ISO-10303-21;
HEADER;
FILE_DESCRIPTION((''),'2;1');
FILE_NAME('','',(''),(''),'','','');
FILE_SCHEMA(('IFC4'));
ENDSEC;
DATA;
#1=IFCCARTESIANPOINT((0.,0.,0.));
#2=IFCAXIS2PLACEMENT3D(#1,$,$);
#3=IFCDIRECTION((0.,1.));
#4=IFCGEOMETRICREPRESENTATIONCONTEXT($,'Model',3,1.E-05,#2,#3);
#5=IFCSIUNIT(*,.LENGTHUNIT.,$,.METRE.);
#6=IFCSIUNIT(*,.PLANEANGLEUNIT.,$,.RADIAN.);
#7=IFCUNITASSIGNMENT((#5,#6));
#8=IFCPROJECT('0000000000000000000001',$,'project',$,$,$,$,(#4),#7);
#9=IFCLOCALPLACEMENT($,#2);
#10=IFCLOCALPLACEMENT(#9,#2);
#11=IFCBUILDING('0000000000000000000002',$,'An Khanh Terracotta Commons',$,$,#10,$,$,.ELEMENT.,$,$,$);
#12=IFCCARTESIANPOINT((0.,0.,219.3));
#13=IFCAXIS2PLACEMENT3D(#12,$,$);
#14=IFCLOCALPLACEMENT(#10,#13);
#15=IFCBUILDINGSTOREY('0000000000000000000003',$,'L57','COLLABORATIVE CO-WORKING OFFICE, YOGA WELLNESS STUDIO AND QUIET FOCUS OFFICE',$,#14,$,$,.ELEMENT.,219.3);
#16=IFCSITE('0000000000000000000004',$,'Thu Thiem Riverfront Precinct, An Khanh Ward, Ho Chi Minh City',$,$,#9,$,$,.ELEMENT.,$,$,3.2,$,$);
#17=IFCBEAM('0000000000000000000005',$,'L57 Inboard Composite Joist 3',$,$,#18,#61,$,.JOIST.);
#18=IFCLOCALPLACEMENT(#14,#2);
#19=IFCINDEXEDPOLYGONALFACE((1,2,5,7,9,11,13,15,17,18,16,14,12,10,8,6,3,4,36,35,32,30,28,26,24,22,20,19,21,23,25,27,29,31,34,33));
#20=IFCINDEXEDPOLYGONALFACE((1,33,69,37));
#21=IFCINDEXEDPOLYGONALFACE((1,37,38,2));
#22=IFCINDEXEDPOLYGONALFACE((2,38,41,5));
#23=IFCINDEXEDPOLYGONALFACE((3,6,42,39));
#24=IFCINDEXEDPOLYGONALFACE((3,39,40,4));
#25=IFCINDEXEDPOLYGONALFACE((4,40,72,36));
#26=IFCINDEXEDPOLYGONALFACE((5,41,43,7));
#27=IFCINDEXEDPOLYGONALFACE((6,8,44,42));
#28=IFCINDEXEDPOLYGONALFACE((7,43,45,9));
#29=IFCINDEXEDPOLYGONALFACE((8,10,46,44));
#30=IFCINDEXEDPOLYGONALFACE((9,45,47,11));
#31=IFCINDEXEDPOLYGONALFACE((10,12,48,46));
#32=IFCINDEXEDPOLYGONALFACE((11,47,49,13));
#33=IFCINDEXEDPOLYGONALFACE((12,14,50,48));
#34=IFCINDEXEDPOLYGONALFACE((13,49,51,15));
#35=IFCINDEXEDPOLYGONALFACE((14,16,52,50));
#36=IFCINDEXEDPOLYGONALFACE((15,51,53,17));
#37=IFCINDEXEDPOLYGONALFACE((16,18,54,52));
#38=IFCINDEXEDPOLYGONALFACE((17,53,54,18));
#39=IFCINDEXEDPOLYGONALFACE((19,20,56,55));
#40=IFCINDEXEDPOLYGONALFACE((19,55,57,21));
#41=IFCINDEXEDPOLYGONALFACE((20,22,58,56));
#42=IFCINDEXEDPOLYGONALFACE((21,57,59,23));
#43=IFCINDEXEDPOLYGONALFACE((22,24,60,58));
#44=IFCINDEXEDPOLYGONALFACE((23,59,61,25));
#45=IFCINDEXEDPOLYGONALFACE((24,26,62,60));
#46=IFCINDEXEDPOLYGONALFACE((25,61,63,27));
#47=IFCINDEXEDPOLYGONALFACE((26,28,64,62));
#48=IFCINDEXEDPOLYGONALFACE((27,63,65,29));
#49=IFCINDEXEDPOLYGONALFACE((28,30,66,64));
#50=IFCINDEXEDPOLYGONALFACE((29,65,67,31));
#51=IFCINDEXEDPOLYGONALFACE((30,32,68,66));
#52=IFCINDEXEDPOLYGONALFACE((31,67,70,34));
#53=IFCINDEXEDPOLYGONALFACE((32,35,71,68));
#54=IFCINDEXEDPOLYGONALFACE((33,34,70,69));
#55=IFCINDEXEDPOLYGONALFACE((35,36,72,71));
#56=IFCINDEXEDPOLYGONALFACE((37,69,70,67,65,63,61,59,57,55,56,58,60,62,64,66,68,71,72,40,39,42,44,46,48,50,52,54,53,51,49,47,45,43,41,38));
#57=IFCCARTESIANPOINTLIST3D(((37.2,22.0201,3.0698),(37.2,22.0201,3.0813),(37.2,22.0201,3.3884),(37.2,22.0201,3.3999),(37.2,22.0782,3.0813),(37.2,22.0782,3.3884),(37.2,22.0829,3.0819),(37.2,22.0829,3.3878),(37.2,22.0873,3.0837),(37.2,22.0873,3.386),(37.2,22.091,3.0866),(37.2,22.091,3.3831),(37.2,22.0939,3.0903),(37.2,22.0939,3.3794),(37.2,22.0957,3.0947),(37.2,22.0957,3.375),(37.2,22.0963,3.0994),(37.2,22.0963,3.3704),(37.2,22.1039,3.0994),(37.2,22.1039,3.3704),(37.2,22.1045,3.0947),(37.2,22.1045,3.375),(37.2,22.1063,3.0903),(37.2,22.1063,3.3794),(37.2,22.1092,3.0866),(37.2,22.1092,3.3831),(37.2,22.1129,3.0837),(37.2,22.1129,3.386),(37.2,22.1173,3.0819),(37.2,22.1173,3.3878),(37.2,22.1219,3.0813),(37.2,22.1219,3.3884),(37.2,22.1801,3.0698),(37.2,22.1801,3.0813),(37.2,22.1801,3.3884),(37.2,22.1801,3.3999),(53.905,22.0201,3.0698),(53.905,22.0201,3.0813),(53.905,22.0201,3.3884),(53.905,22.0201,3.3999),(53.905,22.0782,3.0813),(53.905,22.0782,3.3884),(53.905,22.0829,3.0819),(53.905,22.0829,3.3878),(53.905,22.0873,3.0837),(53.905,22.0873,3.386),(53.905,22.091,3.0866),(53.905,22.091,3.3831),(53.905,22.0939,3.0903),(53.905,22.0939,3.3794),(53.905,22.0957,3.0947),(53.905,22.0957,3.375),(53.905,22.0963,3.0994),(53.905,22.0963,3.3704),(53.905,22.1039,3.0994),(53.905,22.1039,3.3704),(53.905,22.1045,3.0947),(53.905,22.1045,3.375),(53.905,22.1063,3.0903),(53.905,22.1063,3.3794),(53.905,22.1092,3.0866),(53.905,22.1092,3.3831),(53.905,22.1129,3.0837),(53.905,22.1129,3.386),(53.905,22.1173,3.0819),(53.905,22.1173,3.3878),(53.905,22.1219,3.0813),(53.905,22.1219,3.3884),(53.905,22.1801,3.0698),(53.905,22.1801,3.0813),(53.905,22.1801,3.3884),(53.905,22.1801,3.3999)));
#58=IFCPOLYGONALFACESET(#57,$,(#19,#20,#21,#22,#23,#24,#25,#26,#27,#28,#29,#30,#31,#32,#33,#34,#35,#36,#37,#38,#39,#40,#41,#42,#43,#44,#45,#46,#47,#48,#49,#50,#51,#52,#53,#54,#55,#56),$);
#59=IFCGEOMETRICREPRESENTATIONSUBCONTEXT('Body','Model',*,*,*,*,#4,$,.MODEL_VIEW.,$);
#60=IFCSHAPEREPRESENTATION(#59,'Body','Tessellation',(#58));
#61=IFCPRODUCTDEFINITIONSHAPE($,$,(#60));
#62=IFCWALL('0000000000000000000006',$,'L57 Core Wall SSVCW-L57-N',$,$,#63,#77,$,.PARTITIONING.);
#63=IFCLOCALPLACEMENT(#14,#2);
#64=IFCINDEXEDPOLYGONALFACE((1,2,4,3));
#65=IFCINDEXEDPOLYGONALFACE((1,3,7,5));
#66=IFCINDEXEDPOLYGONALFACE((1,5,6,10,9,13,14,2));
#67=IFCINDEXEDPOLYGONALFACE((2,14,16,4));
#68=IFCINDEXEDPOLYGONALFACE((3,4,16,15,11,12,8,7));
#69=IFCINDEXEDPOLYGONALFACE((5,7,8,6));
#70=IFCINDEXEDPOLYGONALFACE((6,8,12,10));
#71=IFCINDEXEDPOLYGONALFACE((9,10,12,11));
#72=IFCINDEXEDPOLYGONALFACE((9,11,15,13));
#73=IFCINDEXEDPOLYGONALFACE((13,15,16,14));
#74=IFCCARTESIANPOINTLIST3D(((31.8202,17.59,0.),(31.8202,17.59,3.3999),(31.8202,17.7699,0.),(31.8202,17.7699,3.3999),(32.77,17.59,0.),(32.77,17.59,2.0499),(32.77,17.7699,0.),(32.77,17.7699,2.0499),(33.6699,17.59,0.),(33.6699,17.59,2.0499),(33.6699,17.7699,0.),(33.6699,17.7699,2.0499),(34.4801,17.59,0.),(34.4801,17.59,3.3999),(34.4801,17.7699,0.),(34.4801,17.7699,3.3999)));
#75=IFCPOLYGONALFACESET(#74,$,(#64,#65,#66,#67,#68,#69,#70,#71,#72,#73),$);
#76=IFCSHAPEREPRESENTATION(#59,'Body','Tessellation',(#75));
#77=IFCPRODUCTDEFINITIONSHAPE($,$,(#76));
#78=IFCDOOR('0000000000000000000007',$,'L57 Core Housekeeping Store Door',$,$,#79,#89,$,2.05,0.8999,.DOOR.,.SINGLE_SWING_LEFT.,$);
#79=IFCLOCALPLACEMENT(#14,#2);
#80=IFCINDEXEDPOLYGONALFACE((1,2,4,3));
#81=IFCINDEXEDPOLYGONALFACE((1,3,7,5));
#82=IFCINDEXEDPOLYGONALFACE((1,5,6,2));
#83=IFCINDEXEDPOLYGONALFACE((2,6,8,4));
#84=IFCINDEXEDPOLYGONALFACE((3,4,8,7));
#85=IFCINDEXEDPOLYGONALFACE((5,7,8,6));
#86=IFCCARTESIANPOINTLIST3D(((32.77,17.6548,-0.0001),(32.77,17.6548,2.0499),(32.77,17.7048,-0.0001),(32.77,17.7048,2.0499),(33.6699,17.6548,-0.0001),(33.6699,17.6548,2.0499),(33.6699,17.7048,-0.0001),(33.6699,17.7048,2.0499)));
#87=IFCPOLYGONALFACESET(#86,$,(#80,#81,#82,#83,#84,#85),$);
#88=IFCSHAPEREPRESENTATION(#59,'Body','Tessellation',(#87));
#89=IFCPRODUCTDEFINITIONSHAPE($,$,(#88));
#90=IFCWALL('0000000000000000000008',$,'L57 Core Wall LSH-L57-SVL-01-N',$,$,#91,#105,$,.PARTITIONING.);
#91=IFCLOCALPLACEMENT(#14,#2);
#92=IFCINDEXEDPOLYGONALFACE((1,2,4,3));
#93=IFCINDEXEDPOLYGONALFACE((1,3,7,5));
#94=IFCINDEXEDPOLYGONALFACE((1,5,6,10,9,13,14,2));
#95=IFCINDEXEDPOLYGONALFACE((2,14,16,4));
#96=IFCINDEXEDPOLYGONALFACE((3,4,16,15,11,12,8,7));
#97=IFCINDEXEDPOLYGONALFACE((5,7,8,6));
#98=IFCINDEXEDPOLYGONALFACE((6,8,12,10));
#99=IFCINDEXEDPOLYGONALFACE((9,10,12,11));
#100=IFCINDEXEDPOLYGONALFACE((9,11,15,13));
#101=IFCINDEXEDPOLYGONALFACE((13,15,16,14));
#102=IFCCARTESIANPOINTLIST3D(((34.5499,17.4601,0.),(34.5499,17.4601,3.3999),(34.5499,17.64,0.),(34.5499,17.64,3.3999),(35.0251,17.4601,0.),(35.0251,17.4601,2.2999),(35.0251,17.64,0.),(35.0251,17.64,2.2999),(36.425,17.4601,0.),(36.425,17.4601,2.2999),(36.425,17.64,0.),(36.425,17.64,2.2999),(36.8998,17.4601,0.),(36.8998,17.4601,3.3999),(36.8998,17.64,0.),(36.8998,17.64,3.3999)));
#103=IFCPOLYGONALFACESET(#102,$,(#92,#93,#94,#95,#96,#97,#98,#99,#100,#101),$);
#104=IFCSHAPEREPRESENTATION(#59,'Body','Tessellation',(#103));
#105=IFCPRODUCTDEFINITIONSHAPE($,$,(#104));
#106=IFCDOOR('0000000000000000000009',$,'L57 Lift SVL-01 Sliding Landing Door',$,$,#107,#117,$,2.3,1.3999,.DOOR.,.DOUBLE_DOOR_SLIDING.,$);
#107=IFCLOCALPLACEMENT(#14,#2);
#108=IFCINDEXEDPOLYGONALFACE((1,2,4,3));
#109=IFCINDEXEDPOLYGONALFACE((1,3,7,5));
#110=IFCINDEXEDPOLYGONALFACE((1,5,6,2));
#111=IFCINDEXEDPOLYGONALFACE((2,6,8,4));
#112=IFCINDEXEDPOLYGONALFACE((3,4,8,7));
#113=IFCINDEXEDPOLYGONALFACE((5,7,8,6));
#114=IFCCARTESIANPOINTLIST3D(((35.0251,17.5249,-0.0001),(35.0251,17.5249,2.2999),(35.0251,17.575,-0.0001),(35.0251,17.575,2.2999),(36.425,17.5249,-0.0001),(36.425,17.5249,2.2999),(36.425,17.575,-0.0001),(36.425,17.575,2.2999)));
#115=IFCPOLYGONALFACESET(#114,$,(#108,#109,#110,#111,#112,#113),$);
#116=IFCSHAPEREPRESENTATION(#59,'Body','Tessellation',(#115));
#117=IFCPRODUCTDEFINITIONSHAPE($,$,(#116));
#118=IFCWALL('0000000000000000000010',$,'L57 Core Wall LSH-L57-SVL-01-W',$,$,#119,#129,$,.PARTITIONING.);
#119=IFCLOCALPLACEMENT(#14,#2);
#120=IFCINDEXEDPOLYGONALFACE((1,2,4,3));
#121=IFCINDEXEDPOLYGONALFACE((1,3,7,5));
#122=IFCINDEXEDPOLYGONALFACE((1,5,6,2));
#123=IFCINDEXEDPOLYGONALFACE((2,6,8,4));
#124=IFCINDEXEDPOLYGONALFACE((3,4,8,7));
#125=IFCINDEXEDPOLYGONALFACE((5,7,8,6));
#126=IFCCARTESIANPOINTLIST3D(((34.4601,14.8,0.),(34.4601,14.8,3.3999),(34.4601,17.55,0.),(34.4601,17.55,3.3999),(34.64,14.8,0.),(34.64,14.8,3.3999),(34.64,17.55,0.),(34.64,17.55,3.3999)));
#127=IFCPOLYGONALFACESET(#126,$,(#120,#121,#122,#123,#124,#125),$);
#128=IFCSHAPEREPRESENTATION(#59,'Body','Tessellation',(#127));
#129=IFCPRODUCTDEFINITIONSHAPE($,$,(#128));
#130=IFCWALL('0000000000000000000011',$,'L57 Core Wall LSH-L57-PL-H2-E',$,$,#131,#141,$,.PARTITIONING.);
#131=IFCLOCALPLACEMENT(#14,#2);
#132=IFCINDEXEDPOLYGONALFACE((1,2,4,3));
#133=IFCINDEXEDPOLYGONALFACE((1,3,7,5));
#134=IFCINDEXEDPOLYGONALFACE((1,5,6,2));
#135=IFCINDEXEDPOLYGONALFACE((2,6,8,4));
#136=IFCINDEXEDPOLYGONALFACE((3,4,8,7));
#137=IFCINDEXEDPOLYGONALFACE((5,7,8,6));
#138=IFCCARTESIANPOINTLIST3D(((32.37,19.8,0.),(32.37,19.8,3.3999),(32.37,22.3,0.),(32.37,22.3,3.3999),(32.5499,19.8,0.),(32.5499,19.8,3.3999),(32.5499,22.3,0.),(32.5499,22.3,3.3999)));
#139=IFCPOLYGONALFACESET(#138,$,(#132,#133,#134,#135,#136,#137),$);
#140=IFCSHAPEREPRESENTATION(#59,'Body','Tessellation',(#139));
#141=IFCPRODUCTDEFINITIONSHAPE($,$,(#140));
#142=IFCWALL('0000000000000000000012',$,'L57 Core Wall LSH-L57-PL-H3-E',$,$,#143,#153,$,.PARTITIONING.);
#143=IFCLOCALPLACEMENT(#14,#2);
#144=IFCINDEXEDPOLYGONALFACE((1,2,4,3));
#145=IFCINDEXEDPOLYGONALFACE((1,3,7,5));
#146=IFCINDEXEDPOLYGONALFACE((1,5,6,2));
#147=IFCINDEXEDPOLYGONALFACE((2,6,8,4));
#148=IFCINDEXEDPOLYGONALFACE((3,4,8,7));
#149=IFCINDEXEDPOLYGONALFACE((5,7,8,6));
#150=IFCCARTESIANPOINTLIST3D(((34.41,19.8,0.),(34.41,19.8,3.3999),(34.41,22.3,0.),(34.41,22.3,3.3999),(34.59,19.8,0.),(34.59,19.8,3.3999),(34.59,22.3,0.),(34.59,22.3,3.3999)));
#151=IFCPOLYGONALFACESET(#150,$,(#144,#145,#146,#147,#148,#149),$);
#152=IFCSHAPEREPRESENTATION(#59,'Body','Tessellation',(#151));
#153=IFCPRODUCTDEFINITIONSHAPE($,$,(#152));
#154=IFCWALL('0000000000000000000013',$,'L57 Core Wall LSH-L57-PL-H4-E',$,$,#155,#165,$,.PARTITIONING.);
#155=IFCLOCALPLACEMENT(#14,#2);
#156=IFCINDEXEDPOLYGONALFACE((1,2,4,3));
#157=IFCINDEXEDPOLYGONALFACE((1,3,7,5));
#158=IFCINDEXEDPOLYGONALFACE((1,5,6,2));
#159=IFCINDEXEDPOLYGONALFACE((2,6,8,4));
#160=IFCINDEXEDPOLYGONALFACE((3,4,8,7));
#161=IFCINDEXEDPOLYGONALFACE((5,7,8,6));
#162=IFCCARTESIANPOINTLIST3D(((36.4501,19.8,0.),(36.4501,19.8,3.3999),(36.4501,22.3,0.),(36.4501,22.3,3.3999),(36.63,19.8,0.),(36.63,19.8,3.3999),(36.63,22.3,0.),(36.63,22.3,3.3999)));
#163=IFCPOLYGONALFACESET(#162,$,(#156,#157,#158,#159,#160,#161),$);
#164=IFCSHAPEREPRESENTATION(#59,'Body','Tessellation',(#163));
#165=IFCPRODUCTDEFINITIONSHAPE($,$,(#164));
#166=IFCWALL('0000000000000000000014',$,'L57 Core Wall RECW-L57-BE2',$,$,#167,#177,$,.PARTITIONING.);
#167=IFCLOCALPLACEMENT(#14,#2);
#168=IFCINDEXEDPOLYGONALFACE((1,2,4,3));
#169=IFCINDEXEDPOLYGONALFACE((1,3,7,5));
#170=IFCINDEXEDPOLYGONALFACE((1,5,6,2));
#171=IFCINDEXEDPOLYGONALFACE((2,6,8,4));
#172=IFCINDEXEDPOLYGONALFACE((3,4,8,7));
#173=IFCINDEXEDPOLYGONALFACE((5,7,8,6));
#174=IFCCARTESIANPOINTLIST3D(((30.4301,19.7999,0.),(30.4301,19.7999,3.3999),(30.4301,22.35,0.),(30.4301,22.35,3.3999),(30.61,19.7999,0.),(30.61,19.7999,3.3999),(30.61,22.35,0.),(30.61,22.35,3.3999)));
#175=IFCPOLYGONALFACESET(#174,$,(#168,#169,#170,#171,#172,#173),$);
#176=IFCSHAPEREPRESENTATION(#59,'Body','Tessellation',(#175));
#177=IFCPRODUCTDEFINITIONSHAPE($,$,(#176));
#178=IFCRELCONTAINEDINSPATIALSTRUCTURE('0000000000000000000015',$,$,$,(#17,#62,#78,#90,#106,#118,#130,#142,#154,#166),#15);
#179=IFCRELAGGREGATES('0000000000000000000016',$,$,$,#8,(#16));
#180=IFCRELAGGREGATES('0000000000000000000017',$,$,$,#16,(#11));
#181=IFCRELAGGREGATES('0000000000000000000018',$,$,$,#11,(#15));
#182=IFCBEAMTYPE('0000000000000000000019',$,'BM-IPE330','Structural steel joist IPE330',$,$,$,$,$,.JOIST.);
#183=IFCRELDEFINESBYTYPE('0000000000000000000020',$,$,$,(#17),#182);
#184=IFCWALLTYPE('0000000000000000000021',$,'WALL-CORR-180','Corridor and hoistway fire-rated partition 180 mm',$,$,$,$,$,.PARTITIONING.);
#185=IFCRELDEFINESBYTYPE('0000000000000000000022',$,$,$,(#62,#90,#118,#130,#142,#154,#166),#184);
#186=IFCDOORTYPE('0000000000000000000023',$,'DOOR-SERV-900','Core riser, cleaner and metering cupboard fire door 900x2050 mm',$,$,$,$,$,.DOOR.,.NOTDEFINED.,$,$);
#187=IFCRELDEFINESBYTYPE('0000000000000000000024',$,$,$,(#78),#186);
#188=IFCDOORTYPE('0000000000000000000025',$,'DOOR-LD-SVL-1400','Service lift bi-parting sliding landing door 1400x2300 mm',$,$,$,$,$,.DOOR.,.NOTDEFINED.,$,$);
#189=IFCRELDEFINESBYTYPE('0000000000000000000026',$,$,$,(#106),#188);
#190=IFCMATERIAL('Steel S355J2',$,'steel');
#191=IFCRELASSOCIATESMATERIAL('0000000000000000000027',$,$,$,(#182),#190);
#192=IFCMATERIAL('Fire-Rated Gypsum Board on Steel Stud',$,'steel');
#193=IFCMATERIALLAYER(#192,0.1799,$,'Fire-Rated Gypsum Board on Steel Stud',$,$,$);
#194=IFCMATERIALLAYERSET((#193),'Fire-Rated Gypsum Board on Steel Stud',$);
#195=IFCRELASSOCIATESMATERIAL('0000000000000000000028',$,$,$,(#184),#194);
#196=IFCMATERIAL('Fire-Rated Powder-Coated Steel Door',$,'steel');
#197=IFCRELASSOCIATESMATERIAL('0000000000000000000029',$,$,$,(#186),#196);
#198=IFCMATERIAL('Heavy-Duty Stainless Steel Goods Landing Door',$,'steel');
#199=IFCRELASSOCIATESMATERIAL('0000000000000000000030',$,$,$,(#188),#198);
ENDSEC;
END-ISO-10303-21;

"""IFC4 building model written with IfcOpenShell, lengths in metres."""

from ifc_helpers import new_model, si_unit, direction, frame, frame_2d, origin, origin_2d, place, context, subcontext, project, spatial, rectangle, i_section, extrude, material, layer, layer_set, material_profile, profile_set, type_object, element, fill, save


model = new_model("IFC4")

# Units and contexts
model_context = context("Model", 3, precision=1e-05, world=origin(), true_north=direction((0.0, 1.0)))
body_context = subcontext(model_context, "Body", "Model", "MODEL_VIEW")
ifc_project = project(units=[si_unit("LENGTHUNIT", "METRE"), si_unit("PLANEANGLEUNIT", "RADIAN")], contexts=[model_context])

# Site, building, storey
site_placement = place(None, origin())
site = spatial("IfcSite", under=ifc_project, at=site_placement, Name="Thu Thiem Riverfront Precinct, An Khanh Ward, Ho Chi Minh City", CompositionType="ELEMENT", RefElevation=3.2)
building_placement = place(site_placement, origin())
building = spatial("IfcBuilding", under=site, at=building_placement, Name="An Khanh Terracotta Commons", CompositionType="ELEMENT")
storey_placement = place(building_placement, frame((0.0, 0.0, 219.3)))
storey = spatial("IfcBuildingStorey", under=building, at=storey_placement, Name="L57", Description="COLLABORATIVE CO-WORKING OFFICE, YOGA WELLNESS STUDIO AND QUIET FOCUS OFFICE", CompositionType="ELEMENT", Elevation=219.3)

# Beam
ifc_material_1 = material(Name="Steel S355J2", Category="steel")
ifc_material_profile_1 = material_profile(ifc_material_1, i_section(OverallWidth=0.1599, OverallDepth=0.3301, WebThickness=0.0076, FlangeThickness=0.0115, FilletRadius=0.0181, at=origin_2d()), Name="IPE330")
ifc_profile_set_1 = profile_set([ifc_material_profile_1], Name="Steel S355J2")
beam_type_1 = type_object("IfcBeamType", Name="BM-IPE330", Description="Structural steel joist IPE330", PredefinedType="JOIST", material=ifc_profile_set_1)
for number, where, z_axis, x_axis, name in (
    (1, (37.2, 22.1001, 3.2349), (1.0, 0.0, 0.0), (0.0, 1.0, 0.0), "L57 Inboard Composite Joist 3"),
):
    element("IfcBeam", number, at=place(storey_placement, frame(where, z_axis=z_axis, x_axis=x_axis)), inside=storey, type_object=beam_type_1, Name=name, PredefinedType="JOIST", context=body_context, shape_type="SweptSolid", body=[
        extrude(i_section(OverallWidth=0.1599, OverallDepth=0.3301, WebThickness=0.0076, FlangeThickness=0.0115, FilletRadius=0.0181, at=origin_2d()), origin(), (0.0, 0.0, 1.0), 16.7051),
    ])

# Walls, openings, doors
ifc_material_2 = material(Name="Fire-Rated Gypsum Board on Steel Stud", Category="steel")
ifc_layer_1 = layer(ifc_material_2, 0.1799, Name="Fire-Rated Gypsum Board on Steel Stud")
ifc_layer_set_1 = layer_set([ifc_layer_1], Name="Fire-Rated Gypsum Board on Steel Stud")
wall_type_1 = type_object("IfcWallType", Name="WALL-CORR-180", Description="Corridor and hoistway fire-rated partition 180 mm", PredefinedType="PARTITIONING", material=ifc_layer_set_1)
wall_1_placement = place(storey_placement, frame((31.8201, 17.6799, 0.0), z_axis=(0.0, 0.0, 1.0), x_axis=(1.0, 0.0, 0.0)))
wall_1 = element("IfcWall", 2, at=wall_1_placement, inside=storey, type_object=wall_type_1, Name="L57 Core Wall SSVCW-L57-N", PredefinedType="PARTITIONING", context=body_context, shape_type="SweptSolid", body=[
    extrude(rectangle(XDim=2.6599, YDim=0.1799, at=frame_2d((1.3301, 0.0))), origin(), (0.0, 0.0, 1.0), 3.3999),
])
opening_1_placement = place(wall_1_placement, frame((0.95, 0.0, 0.0)))
opening_1 = element("IfcOpeningElement", 3, at=opening_1_placement, cuts=wall_1, PredefinedType="OPENING", context=body_context, shape_type="SweptSolid", body=[
    extrude(rectangle(XDim=0.8999, YDim=2.05, at=frame_2d((0.45, 1.0249))), frame((0.0, 0.0999, 0.0), z_axis=(0.0, -1.0, 0.0), x_axis=(1.0, 0.0, 0.0)), (0.0, 0.0, 1.0), 0.2),
])
ifc_material_3 = material(Name="Fire-Rated Powder-Coated Steel Door", Category="steel")
door_type_1 = type_object("IfcDoorType", Name="DOOR-SERV-900", Description="Core riser, cleaner and metering cupboard fire door 900x2050 mm", OperationType="NOTDEFINED", PredefinedType="DOOR", material=ifc_material_3)
door_1_placement = place(opening_1_placement, origin())
door_1 = element("IfcDoor", 4, at=door_1_placement, inside=storey, type_object=door_type_1, Name="L57 Core Housekeeping Store Door", OperationType="SINGLE_SWING_LEFT", OverallHeight=2.05, OverallWidth=0.8999, PredefinedType="DOOR", context=body_context, shape_type="SweptSolid", body=[
    extrude(rectangle(XDim=0.8999, YDim=2.05, at=frame_2d((0.45, 1.0249))), frame((0.0, 0.0249, 0.0), z_axis=(0.0, -1.0, 0.0), x_axis=(1.0, 0.0, 0.0)), (0.0, 0.0, 1.0), 0.05),
])
fill(opening_1, door_1)
wall_2_placement = place(storey_placement, frame((34.55, 17.55, 0.0), z_axis=(0.0, 0.0, 1.0), x_axis=(1.0, 0.0, 0.0)))
wall_2 = element("IfcWall", 5, at=wall_2_placement, inside=storey, type_object=wall_type_1, Name="L57 Core Wall LSH-L57-SVL-01-N", PredefinedType="PARTITIONING", context=body_context, shape_type="SweptSolid", body=[
    extrude(rectangle(XDim=2.3499, YDim=0.1799, at=frame_2d((1.1748, 0.0))), origin(), (0.0, 0.0, 1.0), 3.3999),
])
opening_2_placement = place(wall_2_placement, frame((0.4751, 0.0, 0.0)))
opening_2 = element("IfcOpeningElement", 6, at=opening_2_placement, cuts=wall_2, PredefinedType="OPENING", context=body_context, shape_type="SweptSolid", body=[
    extrude(rectangle(XDim=1.3999, YDim=2.3, at=frame_2d((0.7, 1.1499))), frame((0.0, 0.0999, 0.0), z_axis=(0.0, -1.0, 0.0), x_axis=(1.0, 0.0, 0.0)), (0.0, 0.0, 1.0), 0.2),
])
ifc_material_4 = material(Name="Heavy-Duty Stainless Steel Goods Landing Door", Category="steel")
door_type_2 = type_object("IfcDoorType", Name="DOOR-LD-SVL-1400", Description="Service lift bi-parting sliding landing door 1400x2300 mm", OperationType="NOTDEFINED", PredefinedType="DOOR", material=ifc_material_4)
door_2_placement = place(opening_2_placement, origin())
door_2 = element("IfcDoor", 7, at=door_2_placement, inside=storey, type_object=door_type_2, Name="L57 Lift SVL-01 Sliding Landing Door", OperationType="DOUBLE_DOOR_SLIDING", OverallHeight=2.3, OverallWidth=1.3999, PredefinedType="DOOR", context=body_context, shape_type="SweptSolid", body=[
    extrude(rectangle(XDim=1.3999, YDim=2.3, at=frame_2d((0.7, 1.1499))), frame((0.0, 0.0249, 0.0), z_axis=(0.0, -1.0, 0.0), x_axis=(1.0, 0.0, 0.0)), (0.0, 0.0, 1.0), 0.05),
])
fill(opening_2, door_2)

# Walls
wall_3_placement = place(storey_placement, frame((34.55, 17.55, 0.0), z_axis=(0.0, 0.0, 1.0), x_axis=(0.0, -1.0, 0.0)))
element("IfcWall", 8, at=wall_3_placement, inside=storey, type_object=wall_type_1, Name="L57 Core Wall LSH-L57-SVL-01-W", PredefinedType="PARTITIONING", context=body_context, shape_type="SweptSolid", body=[
    extrude(rectangle(XDim=2.75, YDim=0.1799, at=frame_2d((1.375, 0.0))), origin(), (0.0, 0.0, 1.0), 3.3999),
])
for number, where, z_axis, x_axis, name in (
    (9, (32.46, 19.8, 0.0), (0.0, 0.0, 1.0), (0.0, 1.0, 0.0), "L57 Core Wall LSH-L57-PL-H2-E"),
    (10, (34.5, 19.8, 0.0), (0.0, 0.0, 1.0), (0.0, 1.0, 0.0), "L57 Core Wall LSH-L57-PL-H3-E"),
    (11, (36.54, 19.8, 0.0), (0.0, 0.0, 1.0), (0.0, 1.0, 0.0), "L57 Core Wall LSH-L57-PL-H4-E"),
):
    element("IfcWall", number, at=place(storey_placement, frame(where, z_axis=z_axis, x_axis=x_axis)), inside=storey, type_object=wall_type_1, Name=name, PredefinedType="PARTITIONING", context=body_context, shape_type="SweptSolid", body=[
        extrude(rectangle(XDim=2.5, YDim=0.1799, at=frame_2d((1.25, 0.0))), origin(), (0.0, 0.0, 1.0), 3.3999),
    ])
wall_4_placement = place(storey_placement, frame((30.52, 19.8, 0.0), z_axis=(0.0, 0.0, 1.0), x_axis=(0.0, 1.0, 0.0)))
element("IfcWall", 12, at=wall_4_placement, inside=storey, type_object=wall_type_1, Name="L57 Core Wall RECW-L57-BE2", PredefinedType="PARTITIONING", context=body_context, shape_type="SweptSolid", body=[
    extrude(rectangle(XDim=2.55, YDim=0.1799, at=frame_2d((1.2749, 0.0))), origin(), (0.0, 0.0, 1.0), 3.3999),
])

save(model, "model.ifc")
